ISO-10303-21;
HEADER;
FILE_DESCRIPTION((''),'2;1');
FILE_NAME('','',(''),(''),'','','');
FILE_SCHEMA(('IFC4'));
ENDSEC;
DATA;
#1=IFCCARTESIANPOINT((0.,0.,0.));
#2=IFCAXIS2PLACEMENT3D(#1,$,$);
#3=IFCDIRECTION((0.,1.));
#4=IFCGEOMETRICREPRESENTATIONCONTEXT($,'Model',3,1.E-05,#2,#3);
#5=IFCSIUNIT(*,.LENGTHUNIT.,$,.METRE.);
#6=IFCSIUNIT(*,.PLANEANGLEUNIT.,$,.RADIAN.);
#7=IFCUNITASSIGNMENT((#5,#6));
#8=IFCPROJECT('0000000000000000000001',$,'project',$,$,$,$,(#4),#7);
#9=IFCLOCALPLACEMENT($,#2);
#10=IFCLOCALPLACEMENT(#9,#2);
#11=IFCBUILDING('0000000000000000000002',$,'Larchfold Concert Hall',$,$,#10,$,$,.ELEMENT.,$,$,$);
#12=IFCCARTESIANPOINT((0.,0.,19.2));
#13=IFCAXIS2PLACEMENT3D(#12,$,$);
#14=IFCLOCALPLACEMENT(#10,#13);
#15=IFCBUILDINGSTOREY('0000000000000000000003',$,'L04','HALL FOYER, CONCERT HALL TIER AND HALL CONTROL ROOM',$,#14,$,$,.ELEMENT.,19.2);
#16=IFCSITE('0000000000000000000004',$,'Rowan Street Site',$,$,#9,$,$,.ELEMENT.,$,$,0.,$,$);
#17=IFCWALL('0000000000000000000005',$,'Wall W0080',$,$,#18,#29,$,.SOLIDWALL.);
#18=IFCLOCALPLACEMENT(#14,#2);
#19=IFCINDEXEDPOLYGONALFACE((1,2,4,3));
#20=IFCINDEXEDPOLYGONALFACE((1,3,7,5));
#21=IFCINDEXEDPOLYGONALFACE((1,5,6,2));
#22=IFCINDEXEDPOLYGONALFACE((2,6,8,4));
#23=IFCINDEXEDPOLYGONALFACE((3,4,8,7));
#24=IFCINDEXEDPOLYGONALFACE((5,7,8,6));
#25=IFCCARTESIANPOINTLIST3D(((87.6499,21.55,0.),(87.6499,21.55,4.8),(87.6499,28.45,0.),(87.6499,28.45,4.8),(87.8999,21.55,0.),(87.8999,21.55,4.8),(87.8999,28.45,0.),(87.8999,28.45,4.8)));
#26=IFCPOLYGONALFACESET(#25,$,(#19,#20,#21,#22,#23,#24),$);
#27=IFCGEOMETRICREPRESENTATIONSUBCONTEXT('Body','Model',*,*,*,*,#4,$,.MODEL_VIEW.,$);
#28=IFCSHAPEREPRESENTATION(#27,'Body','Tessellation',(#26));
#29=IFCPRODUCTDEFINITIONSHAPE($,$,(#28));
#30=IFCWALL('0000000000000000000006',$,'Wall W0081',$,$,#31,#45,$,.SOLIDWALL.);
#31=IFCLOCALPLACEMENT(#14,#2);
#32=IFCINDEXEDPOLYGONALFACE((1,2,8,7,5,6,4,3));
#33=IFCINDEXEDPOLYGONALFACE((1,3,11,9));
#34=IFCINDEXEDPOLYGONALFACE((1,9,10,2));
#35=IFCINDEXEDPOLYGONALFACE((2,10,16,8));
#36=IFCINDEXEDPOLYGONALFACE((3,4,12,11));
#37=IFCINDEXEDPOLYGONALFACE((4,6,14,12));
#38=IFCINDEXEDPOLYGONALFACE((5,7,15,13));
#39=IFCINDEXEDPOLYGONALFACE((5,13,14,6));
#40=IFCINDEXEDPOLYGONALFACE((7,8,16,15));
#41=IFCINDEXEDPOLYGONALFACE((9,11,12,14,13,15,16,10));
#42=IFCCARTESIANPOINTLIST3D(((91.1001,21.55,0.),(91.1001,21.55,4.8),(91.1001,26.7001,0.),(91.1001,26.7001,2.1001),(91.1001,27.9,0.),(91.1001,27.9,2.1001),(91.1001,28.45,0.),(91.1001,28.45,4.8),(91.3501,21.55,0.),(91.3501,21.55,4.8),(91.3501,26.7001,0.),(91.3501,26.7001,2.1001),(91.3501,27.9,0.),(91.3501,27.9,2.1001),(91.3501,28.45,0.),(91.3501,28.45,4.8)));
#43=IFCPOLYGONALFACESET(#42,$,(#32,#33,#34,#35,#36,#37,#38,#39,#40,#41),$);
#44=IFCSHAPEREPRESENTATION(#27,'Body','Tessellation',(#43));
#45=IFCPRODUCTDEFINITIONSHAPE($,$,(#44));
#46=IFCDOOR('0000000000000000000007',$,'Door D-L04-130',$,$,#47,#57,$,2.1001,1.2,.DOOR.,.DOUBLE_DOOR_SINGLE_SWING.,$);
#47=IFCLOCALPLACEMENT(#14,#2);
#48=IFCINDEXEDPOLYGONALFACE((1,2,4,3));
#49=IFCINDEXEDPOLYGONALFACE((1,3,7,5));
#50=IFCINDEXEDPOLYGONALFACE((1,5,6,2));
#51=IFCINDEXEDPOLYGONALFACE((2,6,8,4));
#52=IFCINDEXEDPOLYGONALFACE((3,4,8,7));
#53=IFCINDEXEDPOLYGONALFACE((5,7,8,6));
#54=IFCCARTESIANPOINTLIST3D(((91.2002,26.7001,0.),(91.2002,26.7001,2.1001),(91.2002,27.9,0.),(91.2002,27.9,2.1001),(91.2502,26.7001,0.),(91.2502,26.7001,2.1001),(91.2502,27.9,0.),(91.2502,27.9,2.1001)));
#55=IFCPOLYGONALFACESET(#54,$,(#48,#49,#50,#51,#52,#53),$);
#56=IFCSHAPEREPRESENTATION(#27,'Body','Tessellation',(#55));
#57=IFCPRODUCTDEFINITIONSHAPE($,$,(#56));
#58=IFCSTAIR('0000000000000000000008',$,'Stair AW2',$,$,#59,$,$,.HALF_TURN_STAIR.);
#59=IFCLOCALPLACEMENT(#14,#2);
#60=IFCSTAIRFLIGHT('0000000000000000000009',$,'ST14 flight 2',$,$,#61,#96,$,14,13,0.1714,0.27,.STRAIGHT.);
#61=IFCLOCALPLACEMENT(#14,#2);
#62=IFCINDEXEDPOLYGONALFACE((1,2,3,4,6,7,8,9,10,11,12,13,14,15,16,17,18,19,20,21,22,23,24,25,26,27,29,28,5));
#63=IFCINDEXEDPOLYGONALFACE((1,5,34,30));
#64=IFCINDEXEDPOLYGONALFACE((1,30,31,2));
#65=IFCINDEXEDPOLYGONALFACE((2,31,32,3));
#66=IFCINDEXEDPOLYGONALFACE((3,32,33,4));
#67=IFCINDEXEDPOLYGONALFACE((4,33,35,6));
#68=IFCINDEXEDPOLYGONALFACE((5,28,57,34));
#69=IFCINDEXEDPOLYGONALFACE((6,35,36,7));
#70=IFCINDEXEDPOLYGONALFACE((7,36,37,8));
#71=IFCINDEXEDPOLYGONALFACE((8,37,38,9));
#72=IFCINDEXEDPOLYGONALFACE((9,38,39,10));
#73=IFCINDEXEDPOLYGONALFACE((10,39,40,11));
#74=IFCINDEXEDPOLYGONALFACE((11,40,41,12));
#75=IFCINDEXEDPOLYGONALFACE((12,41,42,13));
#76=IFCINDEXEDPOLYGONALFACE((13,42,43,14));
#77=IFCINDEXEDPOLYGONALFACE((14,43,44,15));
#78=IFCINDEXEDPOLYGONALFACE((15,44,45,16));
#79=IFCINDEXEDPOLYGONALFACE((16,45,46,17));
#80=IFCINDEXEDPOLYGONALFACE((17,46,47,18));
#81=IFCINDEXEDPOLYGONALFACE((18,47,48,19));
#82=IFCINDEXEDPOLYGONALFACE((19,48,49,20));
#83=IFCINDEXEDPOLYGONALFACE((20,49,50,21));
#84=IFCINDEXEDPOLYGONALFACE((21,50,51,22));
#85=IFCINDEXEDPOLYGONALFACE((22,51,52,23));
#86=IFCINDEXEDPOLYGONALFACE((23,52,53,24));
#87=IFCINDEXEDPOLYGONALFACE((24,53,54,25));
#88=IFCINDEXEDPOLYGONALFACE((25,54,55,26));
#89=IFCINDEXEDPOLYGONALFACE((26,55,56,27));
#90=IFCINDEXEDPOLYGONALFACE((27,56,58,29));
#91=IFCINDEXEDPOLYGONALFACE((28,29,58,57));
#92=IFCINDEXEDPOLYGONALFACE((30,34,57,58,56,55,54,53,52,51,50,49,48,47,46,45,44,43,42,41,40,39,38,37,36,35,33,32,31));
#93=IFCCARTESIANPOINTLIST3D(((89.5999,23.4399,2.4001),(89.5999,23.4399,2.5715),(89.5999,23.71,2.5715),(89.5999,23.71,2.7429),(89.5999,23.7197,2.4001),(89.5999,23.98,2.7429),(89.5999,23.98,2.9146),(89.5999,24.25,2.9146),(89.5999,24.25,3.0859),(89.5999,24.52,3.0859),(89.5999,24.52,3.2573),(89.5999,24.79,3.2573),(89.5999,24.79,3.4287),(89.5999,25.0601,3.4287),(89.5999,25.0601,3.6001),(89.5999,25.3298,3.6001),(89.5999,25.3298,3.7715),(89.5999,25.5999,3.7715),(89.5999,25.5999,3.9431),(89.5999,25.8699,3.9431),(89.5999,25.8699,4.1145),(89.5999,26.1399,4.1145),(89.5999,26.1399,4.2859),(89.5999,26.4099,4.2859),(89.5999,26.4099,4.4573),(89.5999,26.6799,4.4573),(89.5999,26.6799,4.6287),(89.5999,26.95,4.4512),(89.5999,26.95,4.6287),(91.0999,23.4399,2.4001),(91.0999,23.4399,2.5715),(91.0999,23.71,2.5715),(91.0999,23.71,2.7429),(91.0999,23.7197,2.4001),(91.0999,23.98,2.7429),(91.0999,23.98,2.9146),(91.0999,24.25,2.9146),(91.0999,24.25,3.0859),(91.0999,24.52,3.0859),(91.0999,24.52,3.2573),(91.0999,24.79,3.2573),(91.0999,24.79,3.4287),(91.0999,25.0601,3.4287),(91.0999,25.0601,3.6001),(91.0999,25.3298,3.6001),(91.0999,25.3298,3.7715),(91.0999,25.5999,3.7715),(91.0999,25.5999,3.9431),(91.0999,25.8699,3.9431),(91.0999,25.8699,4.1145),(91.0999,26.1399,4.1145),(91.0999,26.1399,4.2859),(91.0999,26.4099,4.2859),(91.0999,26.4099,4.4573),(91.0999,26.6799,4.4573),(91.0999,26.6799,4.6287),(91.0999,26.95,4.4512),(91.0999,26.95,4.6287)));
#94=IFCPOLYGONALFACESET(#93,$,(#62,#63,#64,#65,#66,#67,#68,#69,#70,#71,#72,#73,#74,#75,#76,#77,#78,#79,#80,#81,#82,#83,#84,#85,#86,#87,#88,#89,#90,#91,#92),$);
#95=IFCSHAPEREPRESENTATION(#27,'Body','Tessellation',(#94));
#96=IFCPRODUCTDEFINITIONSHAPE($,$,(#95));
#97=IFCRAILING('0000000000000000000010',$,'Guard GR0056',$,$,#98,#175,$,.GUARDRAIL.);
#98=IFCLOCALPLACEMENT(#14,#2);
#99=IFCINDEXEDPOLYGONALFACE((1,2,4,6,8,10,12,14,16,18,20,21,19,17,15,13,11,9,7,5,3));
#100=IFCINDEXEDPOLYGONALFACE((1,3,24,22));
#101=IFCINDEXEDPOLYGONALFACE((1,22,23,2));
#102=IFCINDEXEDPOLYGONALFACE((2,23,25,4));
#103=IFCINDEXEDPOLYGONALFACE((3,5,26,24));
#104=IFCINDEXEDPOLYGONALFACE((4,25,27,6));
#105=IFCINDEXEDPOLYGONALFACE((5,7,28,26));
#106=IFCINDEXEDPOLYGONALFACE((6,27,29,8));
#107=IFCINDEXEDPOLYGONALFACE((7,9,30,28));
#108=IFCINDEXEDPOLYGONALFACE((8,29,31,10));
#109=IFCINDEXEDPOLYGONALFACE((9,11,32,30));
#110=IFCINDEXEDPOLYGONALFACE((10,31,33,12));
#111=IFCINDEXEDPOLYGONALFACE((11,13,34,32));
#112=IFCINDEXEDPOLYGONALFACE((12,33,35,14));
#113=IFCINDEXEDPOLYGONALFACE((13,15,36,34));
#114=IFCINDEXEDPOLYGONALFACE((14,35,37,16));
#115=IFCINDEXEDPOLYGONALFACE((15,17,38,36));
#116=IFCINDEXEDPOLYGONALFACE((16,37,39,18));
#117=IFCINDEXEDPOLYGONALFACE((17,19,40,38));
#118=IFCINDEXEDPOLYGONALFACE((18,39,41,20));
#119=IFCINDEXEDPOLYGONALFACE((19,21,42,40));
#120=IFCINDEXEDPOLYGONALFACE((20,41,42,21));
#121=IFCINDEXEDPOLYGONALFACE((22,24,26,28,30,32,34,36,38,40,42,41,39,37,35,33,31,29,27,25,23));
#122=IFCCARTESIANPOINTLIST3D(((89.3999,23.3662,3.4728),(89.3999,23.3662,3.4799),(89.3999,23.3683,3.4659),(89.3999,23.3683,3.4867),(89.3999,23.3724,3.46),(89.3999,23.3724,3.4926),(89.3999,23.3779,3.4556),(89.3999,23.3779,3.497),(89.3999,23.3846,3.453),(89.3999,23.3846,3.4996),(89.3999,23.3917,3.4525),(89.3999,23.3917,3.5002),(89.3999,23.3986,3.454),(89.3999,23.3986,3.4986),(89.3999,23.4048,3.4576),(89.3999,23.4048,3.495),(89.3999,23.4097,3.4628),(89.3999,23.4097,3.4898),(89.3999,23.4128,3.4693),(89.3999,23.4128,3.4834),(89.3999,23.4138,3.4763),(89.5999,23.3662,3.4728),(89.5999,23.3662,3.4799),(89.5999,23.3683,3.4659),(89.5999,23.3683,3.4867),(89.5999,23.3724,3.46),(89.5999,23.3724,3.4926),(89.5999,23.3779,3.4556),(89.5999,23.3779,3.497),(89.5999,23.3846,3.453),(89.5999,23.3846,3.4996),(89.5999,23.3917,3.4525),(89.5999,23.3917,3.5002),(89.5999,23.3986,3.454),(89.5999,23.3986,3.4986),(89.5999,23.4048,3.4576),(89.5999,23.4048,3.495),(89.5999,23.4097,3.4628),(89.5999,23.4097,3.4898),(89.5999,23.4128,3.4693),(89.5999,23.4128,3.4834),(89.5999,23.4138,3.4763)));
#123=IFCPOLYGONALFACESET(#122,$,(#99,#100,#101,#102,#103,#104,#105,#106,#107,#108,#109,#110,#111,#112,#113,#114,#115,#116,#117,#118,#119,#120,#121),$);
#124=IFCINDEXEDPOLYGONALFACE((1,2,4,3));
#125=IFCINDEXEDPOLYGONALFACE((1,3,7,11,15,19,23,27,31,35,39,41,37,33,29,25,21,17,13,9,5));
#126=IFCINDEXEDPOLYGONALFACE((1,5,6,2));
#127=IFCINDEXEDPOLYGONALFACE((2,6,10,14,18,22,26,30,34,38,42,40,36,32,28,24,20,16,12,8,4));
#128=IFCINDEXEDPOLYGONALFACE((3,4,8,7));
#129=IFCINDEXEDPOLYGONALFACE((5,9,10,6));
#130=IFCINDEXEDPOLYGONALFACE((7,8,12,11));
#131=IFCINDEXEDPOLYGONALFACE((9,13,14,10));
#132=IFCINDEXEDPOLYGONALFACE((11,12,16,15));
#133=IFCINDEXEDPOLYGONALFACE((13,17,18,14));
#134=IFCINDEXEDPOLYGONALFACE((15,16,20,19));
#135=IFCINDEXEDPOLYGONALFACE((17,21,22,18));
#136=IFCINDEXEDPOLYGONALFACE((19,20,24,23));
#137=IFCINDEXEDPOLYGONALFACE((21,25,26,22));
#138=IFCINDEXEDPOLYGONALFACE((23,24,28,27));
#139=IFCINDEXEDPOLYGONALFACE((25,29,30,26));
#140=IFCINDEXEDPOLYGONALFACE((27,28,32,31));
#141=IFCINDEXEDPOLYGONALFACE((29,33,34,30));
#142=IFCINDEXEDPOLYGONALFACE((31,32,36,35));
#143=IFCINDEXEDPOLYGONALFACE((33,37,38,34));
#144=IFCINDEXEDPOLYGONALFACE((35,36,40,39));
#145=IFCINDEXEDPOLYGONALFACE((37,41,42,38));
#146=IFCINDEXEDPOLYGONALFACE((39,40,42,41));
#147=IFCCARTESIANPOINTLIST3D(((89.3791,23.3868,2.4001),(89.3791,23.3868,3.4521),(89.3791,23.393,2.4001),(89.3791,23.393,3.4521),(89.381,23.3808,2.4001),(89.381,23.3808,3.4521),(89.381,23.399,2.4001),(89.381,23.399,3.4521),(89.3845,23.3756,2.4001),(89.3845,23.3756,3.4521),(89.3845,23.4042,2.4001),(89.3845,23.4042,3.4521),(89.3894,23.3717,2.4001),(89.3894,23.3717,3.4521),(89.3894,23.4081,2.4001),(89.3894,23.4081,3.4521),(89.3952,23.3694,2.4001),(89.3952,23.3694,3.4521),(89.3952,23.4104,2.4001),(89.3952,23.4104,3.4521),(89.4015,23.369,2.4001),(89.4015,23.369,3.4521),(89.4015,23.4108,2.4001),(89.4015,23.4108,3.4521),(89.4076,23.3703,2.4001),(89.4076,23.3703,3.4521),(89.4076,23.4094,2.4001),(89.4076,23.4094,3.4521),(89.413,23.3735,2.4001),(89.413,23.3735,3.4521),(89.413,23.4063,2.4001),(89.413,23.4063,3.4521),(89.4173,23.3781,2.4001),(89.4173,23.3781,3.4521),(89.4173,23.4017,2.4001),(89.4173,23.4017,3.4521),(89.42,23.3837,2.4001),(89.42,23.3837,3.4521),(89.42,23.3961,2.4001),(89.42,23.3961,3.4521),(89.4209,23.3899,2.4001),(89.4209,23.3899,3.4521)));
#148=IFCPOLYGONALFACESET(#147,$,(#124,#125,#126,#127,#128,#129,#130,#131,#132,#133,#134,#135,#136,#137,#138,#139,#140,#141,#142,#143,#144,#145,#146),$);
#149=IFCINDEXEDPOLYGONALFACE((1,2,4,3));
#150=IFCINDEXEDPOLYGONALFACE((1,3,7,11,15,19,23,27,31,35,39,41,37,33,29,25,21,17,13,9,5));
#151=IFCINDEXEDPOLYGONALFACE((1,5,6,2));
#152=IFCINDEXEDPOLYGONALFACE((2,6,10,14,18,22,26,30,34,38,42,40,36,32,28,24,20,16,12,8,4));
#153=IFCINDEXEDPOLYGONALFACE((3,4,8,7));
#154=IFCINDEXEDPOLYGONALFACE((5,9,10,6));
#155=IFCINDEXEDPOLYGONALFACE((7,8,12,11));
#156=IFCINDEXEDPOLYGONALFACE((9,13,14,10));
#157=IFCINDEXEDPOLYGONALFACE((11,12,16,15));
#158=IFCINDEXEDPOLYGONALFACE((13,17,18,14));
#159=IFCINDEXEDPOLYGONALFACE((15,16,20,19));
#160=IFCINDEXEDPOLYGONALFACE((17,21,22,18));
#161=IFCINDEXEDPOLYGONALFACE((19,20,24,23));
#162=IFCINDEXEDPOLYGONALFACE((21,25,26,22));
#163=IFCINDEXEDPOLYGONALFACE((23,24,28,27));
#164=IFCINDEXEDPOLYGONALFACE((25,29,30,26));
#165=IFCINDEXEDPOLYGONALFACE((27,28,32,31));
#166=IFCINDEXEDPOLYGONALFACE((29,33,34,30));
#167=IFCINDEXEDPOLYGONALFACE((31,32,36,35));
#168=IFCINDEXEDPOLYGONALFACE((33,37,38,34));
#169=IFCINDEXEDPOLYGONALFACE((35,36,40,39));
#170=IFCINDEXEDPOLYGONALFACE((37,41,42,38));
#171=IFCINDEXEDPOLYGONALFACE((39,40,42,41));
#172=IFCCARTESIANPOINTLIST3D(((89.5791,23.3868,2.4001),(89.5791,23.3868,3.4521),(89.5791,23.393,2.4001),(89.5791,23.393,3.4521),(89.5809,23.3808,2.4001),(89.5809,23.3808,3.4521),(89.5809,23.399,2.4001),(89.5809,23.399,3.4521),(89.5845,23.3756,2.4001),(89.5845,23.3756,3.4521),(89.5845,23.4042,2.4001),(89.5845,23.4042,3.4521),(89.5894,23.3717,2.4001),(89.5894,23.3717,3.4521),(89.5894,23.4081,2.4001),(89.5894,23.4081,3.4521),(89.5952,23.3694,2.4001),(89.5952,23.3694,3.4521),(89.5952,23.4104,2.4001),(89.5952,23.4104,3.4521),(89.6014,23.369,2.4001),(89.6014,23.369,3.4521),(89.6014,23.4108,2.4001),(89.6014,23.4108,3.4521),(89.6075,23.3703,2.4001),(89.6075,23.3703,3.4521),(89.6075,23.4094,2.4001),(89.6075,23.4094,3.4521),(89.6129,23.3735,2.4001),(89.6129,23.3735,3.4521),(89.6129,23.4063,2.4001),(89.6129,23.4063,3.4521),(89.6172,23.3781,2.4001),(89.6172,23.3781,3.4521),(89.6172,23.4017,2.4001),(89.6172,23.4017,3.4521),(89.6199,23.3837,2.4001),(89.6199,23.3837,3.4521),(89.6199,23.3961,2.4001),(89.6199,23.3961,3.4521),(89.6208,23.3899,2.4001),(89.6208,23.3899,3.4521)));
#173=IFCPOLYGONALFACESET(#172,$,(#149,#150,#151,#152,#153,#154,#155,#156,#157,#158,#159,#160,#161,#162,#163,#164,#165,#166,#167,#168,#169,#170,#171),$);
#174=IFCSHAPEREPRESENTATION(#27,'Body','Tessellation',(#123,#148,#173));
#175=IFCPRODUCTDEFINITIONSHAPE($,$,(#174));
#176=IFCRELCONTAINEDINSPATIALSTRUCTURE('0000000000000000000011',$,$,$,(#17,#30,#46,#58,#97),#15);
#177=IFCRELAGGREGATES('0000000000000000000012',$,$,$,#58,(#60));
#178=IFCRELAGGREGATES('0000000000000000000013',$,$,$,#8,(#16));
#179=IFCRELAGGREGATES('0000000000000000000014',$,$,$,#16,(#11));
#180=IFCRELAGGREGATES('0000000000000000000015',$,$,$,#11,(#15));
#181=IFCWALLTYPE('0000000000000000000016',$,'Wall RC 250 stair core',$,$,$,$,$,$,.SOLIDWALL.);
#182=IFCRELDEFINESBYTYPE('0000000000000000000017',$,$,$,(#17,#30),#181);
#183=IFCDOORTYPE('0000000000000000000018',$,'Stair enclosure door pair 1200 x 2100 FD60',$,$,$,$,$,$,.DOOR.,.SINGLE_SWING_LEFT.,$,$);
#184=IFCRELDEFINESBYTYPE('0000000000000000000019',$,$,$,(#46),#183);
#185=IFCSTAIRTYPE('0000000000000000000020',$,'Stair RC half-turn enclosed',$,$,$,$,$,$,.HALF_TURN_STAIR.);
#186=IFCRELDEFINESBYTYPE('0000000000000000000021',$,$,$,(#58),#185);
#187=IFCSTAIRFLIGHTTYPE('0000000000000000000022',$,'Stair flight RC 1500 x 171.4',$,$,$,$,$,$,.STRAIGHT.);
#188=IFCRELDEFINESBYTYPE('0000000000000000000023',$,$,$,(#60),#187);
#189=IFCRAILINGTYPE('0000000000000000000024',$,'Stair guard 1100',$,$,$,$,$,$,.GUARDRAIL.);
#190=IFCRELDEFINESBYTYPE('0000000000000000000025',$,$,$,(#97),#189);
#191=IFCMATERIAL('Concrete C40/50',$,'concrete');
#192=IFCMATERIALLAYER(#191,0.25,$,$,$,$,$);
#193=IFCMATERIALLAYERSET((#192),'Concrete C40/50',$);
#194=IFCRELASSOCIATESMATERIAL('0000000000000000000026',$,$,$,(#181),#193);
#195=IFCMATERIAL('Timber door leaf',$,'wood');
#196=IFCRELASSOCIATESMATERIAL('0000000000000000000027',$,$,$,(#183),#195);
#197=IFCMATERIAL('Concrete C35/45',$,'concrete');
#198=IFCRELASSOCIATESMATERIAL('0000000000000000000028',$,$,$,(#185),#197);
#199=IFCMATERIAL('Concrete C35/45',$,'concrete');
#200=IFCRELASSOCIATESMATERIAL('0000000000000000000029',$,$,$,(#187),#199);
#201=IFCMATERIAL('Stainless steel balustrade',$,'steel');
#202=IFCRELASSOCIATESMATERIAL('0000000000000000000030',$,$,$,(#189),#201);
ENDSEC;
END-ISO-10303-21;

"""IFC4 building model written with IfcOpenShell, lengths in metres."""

from ifc_helpers import new_model, si_unit, direction, frame, frame_2d, origin, origin_2d, place, context, subcontext, project, spatial, polyline, rectangle, circle, outline, extrude, material, layer, layer_set, type_object, element, fill, aggregate, save


model = new_model("IFC4")

# Units and contexts
model_context = context("Model", 3, precision=1e-05, world=origin(), true_north=direction((0.0, 1.0)))
body_context = subcontext(model_context, "Body", "Model", "MODEL_VIEW")
ifc_project = project(units=[si_unit("LENGTHUNIT", "METRE"), si_unit("PLANEANGLEUNIT", "RADIAN")], contexts=[model_context])

# Site, building, storey
site_placement = place(None, origin())
site = spatial("IfcSite", under=ifc_project, at=site_placement, Name="Rowan Street Site", CompositionType="ELEMENT", RefElevation=0.0)
building_placement = place(site_placement, origin())
building = spatial("IfcBuilding", under=site, at=building_placement, Name="Larchfold Concert Hall", CompositionType="ELEMENT")
storey_placement = place(building_placement, frame((0.0, 0.0, 19.2)))
storey = spatial("IfcBuildingStorey", under=building, at=storey_placement, Name="L04", Description="HALL FOYER, CONCERT HALL TIER AND HALL CONTROL ROOM", CompositionType="ELEMENT", Elevation=19.2)

# Wall
ifc_material_1 = material(Name="Concrete C40/50", Category="concrete")
ifc_layer_1 = layer(ifc_material_1, 0.25)
ifc_layer_set_1 = layer_set([ifc_layer_1], Name="Concrete C40/50")
wall_type_1 = type_object("IfcWallType", Name="Wall RC 250 stair core", PredefinedType="SOLIDWALL", material=ifc_layer_set_1)
wall_1_placement = place(storey_placement, frame((87.7749, 21.55, 0.0), z_axis=(0.0, 0.0, 1.0), x_axis=(0.0, 1.0, 0.0)))
element("IfcWall", 1, at=wall_1_placement, inside=storey, type_object=wall_type_1, Name="Wall W0080", PredefinedType="SOLIDWALL", context=body_context, shape_type="SweptSolid", body=[
    extrude(rectangle(XDim=6.8999, YDim=0.25, at=frame_2d((3.45, 0.0))), origin(), (0.0, 0.0, 1.0), 4.8),
])

# Wall, opening, door
wall_2_placement = place(storey_placement, frame((91.2251, 21.55, 0.0), z_axis=(0.0, 0.0, 1.0), x_axis=(0.0, 1.0, 0.0)))
wall_2 = element("IfcWall", 2, at=wall_2_placement, inside=storey, type_object=wall_type_1, Name="Wall W0081", PredefinedType="SOLIDWALL", context=body_context, shape_type="SweptSolid", body=[
    extrude(rectangle(XDim=6.8999, YDim=0.25, at=frame_2d((3.45, 0.0))), origin(), (0.0, 0.0, 1.0), 4.8),
])
opening_1_placement = place(wall_2_placement, frame((5.1499, 0.0, 0.0)))
opening_1 = element("IfcOpeningElement", 3, at=opening_1_placement, cuts=wall_2, PredefinedType="OPENING", context=body_context, shape_type="SweptSolid", body=[
    extrude(rectangle(XDim=1.2, YDim=2.1001, at=frame_2d((0.6001, 1.05))), frame((0.0, 0.135, 0.0), z_axis=(0.0, -1.0, 0.0), x_axis=(1.0, 0.0, 0.0)), (0.0, 0.0, 1.0), 0.27),
])
ifc_material_2 = material(Name="Timber door leaf", Category="wood")
door_type_1 = type_object("IfcDoorType", Name="Stair enclosure door pair 1200 x 2100 FD60", OperationType="SINGLE_SWING_LEFT", PredefinedType="DOOR", material=ifc_material_2)
door_1_placement = place(opening_1_placement, origin())
door_1 = element("IfcDoor", 4, at=door_1_placement, inside=storey, type_object=door_type_1, Name="Door D-L04-130", OperationType="DOUBLE_DOOR_SINGLE_SWING", OverallHeight=2.1001, OverallWidth=1.2, PredefinedType="DOOR", context=body_context, shape_type="SweptSolid", body=[
    extrude(rectangle(XDim=1.2, YDim=2.1001, at=frame_2d((0.6001, 1.05))), frame((0.0, 0.0249, 0.0), z_axis=(0.0, -1.0, 0.0), x_axis=(1.0, 0.0, 0.0)), (0.0, 0.0, 1.0), 0.05),
])
fill(opening_1, door_1)

# Stair, stair flight
ifc_material_3 = material(Name="Concrete C35/45", Category="concrete")
stair_type = type_object("IfcStairType", Name="Stair RC half-turn enclosed", PredefinedType="HALF_TURN_STAIR", material=ifc_material_3)
stair_placement = place(storey_placement, origin())
stair = element("IfcStair", 5, at=stair_placement, inside=storey, type_object=stair_type, Name="Stair AW2", PredefinedType="HALF_TURN_STAIR")
ifc_material_4 = material(Name="Concrete C35/45", Category="concrete")
stair_flight_type = type_object("IfcStairFlightType", Name="Stair flight RC 1500 x 171.4", PredefinedType="STRAIGHT", material=ifc_material_4)
stair_flight_placement = place(storey_placement, frame((90.3499, 23.4399, 2.4001), z_axis=(0.0, 0.0, 1.0), x_axis=(0.0, 1.0, 0.0)))
stair_flight = element("IfcStairFlight", 6, at=stair_flight_placement, type_object=stair_flight_type, Name="ST14 flight 2", NumberOfRisers=14, NumberOfTreads=13, PredefinedType="STRAIGHT", RiserHeight=0.1714, TreadLength=0.27, context=body_context, shape_type="SweptSolid", body=[
    extrude(outline(polyline([(0.0, 0.0), (0.0, 0.1714), (0.27, 0.1714), (0.27, 0.3428), (0.54, 0.3428), (0.54, 0.5144), (0.8101, 0.5144), (0.8101, 0.6858), (1.0801, 0.6858), (1.0801, 0.8572), (1.3501, 0.8572), (1.3501, 1.0286), (1.6201, 1.0286), (1.6201, 1.2), (1.8899, 1.2), (1.8899, 1.3713), (2.1599, 1.3713), (2.1599, 1.543), (2.4299, 1.543), (2.4299, 1.7144), (2.7, 1.7144), (2.7, 1.8857), (2.97, 1.8857), (2.97, 2.0571), (3.24, 2.0571), (3.24, 2.2285), (3.51, 2.2285), (3.51, 2.3999), (3.51, 2.051), (0.2798, 0.0), (0.0, 0.0)])), frame((0.0, 0.75, 0.0), z_axis=(0.0, -1.0, 0.0), x_axis=(1.0, 0.0, 0.0)), (0.0, 0.0, 1.0), 1.5),
])
aggregate(stair, [stair_flight])

# Railing
ifc_material_5 = material(Name="Stainless steel balustrade", Category="steel")
railing_type_1 = type_object("IfcRailingType", Name="Stair guard 1100", PredefinedType="GUARDRAIL", material=ifc_material_5)
railing_1_placement = place(storey_placement, frame((89.3999, 23.3899, 2.4001)))
element("IfcRailing", 7, at=railing_1_placement, inside=storey, type_object=railing_type_1, Name="Guard GR0056", PredefinedType="GUARDRAIL", context=body_context, shape_type="SweptSolid", body=[
    extrude(circle(Radius=0.0239, at=origin_2d()), frame((0.0, 0.0, 1.0762), z_axis=(1.0, 0.0, 0.0), x_axis=(0.0, 1.0, 0.0)), (0.0, 0.0, 1.0), 0.2),
    extrude(circle(Radius=0.021, at=origin_2d()), origin(), (0.0, 0.0, 1.0), 1.052),
    extrude(circle(Radius=0.021, at=origin_2d()), frame((0.2, 0.0, 0.0)), (0.0, 0.0, 1.0), 1.052),
])

save(model, "model.ifc")
